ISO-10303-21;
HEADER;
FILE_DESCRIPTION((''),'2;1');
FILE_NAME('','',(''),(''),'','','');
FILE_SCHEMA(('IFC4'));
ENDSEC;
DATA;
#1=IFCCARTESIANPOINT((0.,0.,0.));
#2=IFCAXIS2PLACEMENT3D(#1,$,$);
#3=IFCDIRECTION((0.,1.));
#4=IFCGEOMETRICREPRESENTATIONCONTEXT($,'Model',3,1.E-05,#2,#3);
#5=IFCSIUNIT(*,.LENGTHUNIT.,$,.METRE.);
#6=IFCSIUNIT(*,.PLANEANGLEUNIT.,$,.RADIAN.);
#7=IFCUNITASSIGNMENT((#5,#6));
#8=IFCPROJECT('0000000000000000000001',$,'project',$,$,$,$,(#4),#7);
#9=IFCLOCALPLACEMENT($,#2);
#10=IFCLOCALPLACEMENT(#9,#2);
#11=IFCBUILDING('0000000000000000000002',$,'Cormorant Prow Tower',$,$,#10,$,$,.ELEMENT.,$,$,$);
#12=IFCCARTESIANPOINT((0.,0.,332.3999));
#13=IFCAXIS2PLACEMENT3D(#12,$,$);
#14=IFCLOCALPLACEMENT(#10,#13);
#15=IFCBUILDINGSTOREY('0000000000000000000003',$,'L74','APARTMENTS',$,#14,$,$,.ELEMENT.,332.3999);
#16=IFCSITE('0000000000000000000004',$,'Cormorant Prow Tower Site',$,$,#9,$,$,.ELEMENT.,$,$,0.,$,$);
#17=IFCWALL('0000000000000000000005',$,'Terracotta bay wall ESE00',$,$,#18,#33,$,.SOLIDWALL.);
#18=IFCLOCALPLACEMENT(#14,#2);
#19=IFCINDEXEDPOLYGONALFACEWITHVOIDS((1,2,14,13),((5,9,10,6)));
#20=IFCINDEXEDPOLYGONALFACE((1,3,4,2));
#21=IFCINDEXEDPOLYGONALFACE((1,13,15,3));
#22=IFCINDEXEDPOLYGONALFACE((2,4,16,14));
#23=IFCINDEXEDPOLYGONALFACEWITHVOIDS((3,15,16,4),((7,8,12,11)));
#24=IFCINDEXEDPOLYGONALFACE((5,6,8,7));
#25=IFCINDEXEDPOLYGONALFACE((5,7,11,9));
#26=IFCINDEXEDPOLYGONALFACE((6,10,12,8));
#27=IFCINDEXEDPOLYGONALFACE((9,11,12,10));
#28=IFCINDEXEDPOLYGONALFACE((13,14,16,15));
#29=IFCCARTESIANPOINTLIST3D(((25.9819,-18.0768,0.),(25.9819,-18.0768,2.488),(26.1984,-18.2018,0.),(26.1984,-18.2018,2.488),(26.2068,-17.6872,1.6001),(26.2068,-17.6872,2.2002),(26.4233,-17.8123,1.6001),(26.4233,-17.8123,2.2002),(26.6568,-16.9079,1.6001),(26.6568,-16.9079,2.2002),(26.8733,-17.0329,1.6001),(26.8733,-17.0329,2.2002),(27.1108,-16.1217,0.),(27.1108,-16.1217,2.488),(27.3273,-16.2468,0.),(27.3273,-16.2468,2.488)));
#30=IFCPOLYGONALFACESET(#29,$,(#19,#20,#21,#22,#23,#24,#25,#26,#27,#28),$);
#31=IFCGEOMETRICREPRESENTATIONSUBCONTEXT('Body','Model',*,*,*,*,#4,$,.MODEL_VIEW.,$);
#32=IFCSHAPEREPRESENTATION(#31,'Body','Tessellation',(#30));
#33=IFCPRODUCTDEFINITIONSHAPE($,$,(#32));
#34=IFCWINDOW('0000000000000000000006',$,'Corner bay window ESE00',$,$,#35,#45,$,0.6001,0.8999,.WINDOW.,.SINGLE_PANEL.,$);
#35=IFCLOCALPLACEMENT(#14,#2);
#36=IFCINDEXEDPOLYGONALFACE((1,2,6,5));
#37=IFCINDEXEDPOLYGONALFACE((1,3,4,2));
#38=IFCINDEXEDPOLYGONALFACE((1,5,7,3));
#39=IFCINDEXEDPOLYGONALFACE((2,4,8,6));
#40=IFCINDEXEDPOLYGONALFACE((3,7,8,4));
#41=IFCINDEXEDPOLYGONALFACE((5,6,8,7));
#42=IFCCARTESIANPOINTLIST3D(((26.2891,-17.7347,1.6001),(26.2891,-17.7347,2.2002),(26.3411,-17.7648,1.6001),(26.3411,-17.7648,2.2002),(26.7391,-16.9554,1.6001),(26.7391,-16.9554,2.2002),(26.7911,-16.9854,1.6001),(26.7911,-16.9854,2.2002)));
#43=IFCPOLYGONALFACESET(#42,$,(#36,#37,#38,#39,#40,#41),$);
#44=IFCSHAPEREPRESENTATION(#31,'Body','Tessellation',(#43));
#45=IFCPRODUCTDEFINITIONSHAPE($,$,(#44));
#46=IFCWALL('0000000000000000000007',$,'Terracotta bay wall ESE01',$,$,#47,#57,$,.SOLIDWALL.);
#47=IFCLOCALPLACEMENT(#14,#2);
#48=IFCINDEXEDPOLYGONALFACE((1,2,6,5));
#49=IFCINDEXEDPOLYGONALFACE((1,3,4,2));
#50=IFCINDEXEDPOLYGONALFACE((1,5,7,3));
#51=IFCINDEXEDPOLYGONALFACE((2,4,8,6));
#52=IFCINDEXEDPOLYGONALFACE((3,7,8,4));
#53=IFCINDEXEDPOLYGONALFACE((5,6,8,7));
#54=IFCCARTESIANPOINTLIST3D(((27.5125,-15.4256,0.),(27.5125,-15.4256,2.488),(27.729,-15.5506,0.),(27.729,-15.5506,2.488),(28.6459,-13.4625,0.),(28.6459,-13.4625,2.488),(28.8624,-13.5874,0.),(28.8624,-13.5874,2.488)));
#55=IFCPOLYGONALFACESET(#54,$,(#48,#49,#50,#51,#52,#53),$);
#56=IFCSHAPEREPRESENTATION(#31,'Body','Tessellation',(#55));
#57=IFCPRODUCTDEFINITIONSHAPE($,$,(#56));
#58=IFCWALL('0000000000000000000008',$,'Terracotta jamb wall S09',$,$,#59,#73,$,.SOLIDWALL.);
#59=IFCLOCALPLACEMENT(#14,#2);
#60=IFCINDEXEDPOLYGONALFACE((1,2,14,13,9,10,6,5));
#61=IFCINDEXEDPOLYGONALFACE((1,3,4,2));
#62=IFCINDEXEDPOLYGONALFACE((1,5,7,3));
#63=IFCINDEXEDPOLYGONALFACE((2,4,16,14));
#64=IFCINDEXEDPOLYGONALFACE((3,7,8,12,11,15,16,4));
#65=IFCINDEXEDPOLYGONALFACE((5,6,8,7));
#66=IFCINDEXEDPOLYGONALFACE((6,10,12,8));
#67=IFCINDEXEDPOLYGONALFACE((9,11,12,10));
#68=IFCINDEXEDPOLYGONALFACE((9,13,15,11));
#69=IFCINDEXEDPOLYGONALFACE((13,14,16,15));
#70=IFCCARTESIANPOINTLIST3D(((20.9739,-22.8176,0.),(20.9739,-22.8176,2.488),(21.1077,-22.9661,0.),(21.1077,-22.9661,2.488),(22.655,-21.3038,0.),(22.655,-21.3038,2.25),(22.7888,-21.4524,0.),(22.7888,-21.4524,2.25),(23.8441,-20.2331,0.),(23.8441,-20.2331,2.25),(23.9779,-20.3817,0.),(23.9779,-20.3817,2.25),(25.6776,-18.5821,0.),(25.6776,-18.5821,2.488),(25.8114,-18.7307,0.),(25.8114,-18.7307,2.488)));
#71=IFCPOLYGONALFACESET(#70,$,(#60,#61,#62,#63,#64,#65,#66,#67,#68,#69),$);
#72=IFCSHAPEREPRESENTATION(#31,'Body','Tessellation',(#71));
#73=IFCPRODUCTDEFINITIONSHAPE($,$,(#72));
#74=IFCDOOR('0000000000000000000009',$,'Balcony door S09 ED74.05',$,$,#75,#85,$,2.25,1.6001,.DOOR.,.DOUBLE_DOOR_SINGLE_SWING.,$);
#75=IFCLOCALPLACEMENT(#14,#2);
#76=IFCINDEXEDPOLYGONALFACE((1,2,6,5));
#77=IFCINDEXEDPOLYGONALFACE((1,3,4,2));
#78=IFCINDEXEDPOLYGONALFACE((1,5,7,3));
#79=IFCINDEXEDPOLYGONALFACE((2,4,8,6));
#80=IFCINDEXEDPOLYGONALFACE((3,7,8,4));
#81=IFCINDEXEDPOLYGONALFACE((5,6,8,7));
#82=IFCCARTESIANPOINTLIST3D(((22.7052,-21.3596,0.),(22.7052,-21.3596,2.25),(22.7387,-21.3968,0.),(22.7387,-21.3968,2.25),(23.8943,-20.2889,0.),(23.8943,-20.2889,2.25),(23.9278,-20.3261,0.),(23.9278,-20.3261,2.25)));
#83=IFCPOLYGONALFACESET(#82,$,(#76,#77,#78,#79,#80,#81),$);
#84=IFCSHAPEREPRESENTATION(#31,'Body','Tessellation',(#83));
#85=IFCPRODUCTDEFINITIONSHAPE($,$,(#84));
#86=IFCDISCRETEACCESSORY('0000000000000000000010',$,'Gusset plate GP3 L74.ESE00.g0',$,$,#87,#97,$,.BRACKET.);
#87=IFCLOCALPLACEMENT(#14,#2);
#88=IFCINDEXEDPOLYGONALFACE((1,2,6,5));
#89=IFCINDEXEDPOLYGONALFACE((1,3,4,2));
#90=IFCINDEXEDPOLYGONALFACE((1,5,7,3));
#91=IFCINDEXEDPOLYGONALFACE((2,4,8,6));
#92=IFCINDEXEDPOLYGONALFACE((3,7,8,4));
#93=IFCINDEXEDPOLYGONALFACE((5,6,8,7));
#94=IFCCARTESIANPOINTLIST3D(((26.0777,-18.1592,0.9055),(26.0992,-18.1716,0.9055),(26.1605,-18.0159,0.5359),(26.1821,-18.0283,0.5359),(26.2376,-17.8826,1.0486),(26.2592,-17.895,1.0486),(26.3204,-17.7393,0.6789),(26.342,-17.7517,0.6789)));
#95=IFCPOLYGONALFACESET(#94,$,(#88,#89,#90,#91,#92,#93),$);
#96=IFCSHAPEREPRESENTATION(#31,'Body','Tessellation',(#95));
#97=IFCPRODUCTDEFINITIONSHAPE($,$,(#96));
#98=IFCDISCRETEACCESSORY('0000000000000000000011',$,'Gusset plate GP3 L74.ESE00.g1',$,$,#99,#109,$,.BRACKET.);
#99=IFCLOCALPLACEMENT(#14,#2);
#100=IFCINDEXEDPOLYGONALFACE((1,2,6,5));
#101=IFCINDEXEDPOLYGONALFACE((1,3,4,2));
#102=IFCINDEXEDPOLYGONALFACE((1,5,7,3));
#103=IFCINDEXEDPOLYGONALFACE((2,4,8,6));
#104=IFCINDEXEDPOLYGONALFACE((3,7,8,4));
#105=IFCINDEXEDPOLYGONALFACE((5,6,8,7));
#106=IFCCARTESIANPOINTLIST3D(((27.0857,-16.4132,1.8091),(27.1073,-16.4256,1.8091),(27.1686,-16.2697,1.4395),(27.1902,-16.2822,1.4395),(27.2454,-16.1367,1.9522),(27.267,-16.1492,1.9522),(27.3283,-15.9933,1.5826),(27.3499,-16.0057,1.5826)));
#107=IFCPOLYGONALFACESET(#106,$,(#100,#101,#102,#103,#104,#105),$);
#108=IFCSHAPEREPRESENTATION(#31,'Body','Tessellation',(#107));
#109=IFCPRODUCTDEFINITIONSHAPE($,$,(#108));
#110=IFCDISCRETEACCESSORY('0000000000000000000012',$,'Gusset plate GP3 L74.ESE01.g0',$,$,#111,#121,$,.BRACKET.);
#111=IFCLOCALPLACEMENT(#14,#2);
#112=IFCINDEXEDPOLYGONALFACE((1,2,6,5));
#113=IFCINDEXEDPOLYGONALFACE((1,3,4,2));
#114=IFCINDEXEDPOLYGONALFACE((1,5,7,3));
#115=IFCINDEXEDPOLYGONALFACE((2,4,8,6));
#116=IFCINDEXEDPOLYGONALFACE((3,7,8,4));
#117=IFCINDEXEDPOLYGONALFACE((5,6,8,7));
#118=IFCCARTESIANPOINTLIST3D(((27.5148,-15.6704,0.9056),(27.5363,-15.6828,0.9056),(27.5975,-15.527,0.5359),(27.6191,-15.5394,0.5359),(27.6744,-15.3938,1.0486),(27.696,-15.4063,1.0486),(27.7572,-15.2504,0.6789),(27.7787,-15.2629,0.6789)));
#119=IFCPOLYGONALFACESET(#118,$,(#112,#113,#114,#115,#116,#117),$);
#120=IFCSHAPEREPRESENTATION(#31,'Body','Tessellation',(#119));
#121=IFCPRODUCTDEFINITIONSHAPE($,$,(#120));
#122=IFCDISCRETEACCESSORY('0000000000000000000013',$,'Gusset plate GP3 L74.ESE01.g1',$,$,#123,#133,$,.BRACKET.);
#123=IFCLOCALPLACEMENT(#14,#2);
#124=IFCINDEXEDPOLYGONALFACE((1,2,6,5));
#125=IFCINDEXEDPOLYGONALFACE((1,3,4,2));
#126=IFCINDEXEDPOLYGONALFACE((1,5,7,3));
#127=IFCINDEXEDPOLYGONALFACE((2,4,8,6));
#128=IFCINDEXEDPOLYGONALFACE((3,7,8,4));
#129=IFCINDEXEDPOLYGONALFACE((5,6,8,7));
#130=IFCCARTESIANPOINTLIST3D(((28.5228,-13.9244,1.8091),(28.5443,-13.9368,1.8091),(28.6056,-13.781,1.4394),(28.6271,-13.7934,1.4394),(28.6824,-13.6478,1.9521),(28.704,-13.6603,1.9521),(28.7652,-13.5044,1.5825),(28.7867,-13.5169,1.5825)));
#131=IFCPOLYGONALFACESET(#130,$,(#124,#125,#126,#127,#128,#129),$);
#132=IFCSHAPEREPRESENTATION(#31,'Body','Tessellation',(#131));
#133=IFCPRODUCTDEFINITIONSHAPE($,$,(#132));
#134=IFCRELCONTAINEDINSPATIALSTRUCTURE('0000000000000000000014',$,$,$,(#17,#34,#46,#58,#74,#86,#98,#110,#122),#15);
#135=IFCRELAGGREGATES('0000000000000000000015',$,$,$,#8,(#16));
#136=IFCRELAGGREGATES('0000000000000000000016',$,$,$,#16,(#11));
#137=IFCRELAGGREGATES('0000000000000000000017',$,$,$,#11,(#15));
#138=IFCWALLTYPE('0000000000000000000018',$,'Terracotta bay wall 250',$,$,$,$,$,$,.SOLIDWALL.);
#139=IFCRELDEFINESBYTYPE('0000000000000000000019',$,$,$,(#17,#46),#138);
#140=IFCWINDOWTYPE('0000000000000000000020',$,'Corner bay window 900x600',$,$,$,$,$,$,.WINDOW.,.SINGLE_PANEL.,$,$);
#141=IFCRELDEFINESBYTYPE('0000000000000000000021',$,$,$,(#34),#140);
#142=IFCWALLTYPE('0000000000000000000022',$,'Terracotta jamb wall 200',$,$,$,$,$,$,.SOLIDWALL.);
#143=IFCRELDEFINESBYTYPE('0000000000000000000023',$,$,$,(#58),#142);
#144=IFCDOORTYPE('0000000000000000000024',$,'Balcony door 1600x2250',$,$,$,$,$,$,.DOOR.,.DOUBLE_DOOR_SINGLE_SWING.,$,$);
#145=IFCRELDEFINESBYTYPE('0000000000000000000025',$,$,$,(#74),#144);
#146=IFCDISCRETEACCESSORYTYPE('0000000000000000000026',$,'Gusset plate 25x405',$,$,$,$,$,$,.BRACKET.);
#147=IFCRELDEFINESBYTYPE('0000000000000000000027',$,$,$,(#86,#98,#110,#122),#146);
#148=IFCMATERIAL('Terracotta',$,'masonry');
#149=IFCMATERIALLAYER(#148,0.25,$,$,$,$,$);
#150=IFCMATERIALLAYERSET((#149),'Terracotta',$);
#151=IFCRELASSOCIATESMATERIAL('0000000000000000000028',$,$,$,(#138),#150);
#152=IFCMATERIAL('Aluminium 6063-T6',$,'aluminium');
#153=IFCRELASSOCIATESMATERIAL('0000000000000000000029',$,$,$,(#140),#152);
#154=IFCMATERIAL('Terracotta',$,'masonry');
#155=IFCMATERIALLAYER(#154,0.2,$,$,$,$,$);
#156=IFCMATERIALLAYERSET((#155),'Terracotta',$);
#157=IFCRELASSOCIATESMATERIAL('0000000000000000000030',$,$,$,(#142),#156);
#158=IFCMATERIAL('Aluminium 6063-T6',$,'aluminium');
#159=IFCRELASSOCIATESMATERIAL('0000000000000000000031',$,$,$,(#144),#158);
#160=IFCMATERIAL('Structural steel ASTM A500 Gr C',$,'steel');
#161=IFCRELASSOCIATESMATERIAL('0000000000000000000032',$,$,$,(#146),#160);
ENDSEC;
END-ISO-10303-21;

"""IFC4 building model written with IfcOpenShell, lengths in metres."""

from ifc_helpers import new_model, si_unit, direction, frame, frame_2d, origin, origin_2d, place, context, subcontext, project, spatial, rectangle, extrude, material, layer, layer_set, material_profile, profile_set, type_object, element, fill, save


model = new_model("IFC4")

# Units and contexts
model_context = context("Model", 3, precision=1e-05, world=origin(), true_north=direction((0.0, 1.0)))
body_context = subcontext(model_context, "Body", "Model", "MODEL_VIEW")
ifc_project = project(units=[si_unit("LENGTHUNIT", "METRE"), si_unit("PLANEANGLEUNIT", "RADIAN")], contexts=[model_context])

# Site, building, storey
site_placement = place(None, origin())
site = spatial("IfcSite", under=ifc_project, at=site_placement, Name="Cormorant Prow Tower Site", CompositionType="ELEMENT", RefElevation=0.0)
building_placement = place(site_placement, origin())
building = spatial("IfcBuilding", under=site, at=building_placement, Name="Cormorant Prow Tower", CompositionType="ELEMENT")
storey_placement = place(building_placement, frame((0.0, 0.0, 332.3999)))
storey = spatial("IfcBuildingStorey", under=building, at=storey_placement, Name="L74", Description="APARTMENTS", CompositionType="ELEMENT", Elevation=332.3999)

# Wall, opening, window
ifc_material_1 = material(Name="Terracotta", Category="masonry")
ifc_layer_1 = layer(ifc_material_1, 0.25)
ifc_layer_set_1 = layer_set([ifc_layer_1], Name="Terracotta")
wall_type_1 = type_object("IfcWallType", Name="Terracotta bay wall 250", PredefinedType="SOLIDWALL", material=ifc_layer_set_1)
wall_1_placement = place(storey_placement, frame((26.0901, -18.1394, 0.0), z_axis=(0.0, 0.0, 1.0), x_axis=(0.500047, 0.865998, 0.0)))
wall_1 = element("IfcWall", 1, at=wall_1_placement, inside=storey, type_object=wall_type_1, Name="Terracotta bay wall ESE00", PredefinedType="SOLIDWALL", context=body_context, shape_type="SweptSolid", body=[
    extrude(rectangle(XDim=2.2576, YDim=0.25, at=frame_2d((1.1289, 0.0))), origin(), (0.0, 0.0, 1.0), 2.488),
])
opening_1_placement = place(wall_1_placement, frame((0.45, 0.0, 1.6001)))
opening_1 = element("IfcOpeningElement", 2, at=opening_1_placement, cuts=wall_1, PredefinedType="OPENING", context=body_context, shape_type="SweptSolid", body=[
    extrude(rectangle(XDim=0.8999, YDim=0.6001, at=frame_2d((0.45, 0.3))), frame((0.0, 0.135, 0.0), z_axis=(0.0, -1.0, 0.0), x_axis=(1.0, 0.0, 0.0)), (0.0, 0.0, 1.0), 0.27),
])
ifc_material_2 = material(Name="Aluminium 6063-T6", Category="aluminium")
window_type = type_object("IfcWindowType", Name="Corner bay window 900x600", PartitioningType="SINGLE_PANEL", PredefinedType="WINDOW", material=ifc_material_2)
window_placement = place(opening_1_placement, origin())
window = element("IfcWindow", 3, at=window_placement, inside=storey, type_object=window_type, Name="Corner bay window ESE00", OverallHeight=0.6001, OverallWidth=0.8999, PartitioningType="SINGLE_PANEL", PredefinedType="WINDOW", context=body_context, shape_type="SweptSolid", body=[
    extrude(rectangle(XDim=0.8999, YDim=0.6001, at=frame_2d((0.45, 0.3))), frame((0.0, 0.03, 0.0), z_axis=(0.0, -1.0, 0.0), x_axis=(1.0, 0.0, 0.0)), (0.0, 0.0, 1.0), 0.0601),
])
fill(opening_1, window)

# Wall
wall_2_placement = place(storey_placement, frame((27.6208, -15.488, 0.0), z_axis=(0.0, 0.0, 1.0), x_axis=(0.499962, 0.866047, 0.0)))
element("IfcWall", 4, at=wall_2_placement, inside=storey, type_object=wall_type_1, Name="Terracotta bay wall ESE01", PredefinedType="SOLIDWALL", context=body_context, shape_type="SweptSolid", body=[
    extrude(rectangle(XDim=2.2668, YDim=0.25, at=frame_2d((1.1333, 0.0))), origin(), (0.0, 0.0, 1.0), 2.488),
])

# Wall, opening, door
ifc_material_3 = material(Name="Terracotta", Category="masonry")
ifc_layer_2 = layer(ifc_material_3, 0.2)
ifc_layer_set_2 = layer_set([ifc_layer_2], Name="Terracotta")
wall_type_2 = type_object("IfcWallType", Name="Terracotta jamb wall 200", PredefinedType="SOLIDWALL", material=ifc_layer_set_2)
wall_3_placement = place(storey_placement, frame((21.0408, -22.8918, 0.0), z_axis=(0.0, 0.0, 1.0), x_axis=(0.743129, 0.669148, 0.0)))
wall_3 = element("IfcWall", 5, at=wall_3_placement, inside=storey, type_object=wall_type_2, Name="Terracotta jamb wall S09", PredefinedType="SOLIDWALL", context=body_context, shape_type="SweptSolid", body=[
    extrude(rectangle(XDim=6.3296, YDim=0.2, at=frame_2d((3.1648, 0.0))), origin(), (0.0, 0.0, 1.0), 2.488),
])
opening_2_placement = place(wall_3_placement, frame((2.2622, 0.0, 0.0)))
opening_2 = element("IfcOpeningElement", 6, at=opening_2_placement, cuts=wall_3, PredefinedType="OPENING", context=body_context, shape_type="SweptSolid", body=[
    extrude(rectangle(XDim=1.6001, YDim=2.25, at=frame_2d((0.8, 1.125))), frame((0.0, 0.1099, 0.0), z_axis=(0.0, -1.0, 0.0), x_axis=(1.0, 0.0, 0.0)), (0.0, 0.0, 1.0), 0.22),
])
ifc_material_4 = material(Name="Aluminium 6063-T6", Category="aluminium")
door_type_1 = type_object("IfcDoorType", Name="Balcony door 1600x2250", OperationType="DOUBLE_DOOR_SINGLE_SWING", PredefinedType="DOOR", material=ifc_material_4)
door_1_placement = place(opening_2_placement, origin())
door_1 = element("IfcDoor", 7, at=door_1_placement, inside=storey, type_object=door_type_1, Name="Balcony door S09 ED74.05", OperationType="DOUBLE_DOOR_SINGLE_SWING", OverallHeight=2.25, OverallWidth=1.6001, PredefinedType="DOOR", context=body_context, shape_type="SweptSolid", body=[
    extrude(rectangle(XDim=1.6001, YDim=2.25, at=frame_2d((0.8, 1.125))), frame((0.0, 0.0249, 0.0), z_axis=(0.0, -1.0, 0.0), x_axis=(1.0, 0.0, 0.0)), (0.0, 0.0, 1.0), 0.05),
])
fill(opening_2, door_1)

# Discrete accessories
ifc_material_5 = material(Name="Structural steel ASTM A500 Gr C", Category="steel")
ifc_material_profile_1 = material_profile(ifc_material_5, rectangle(XDim=0.0249, YDim=0.405, at=origin_2d()), Name="Gusset plate 25x405")
ifc_profile_set_1 = profile_set([ifc_material_profile_1], Name="Structural steel ASTM A500 Gr C")
discrete_accessory_type = type_object("IfcDiscreteAccessoryType", Name="Gusset plate 25x405", PredefinedType="BRACKET", material=ifc_profile_set_1)
discrete_accessory_placement = place(storey_placement, frame((26.2898, -17.8171, 0.8638), z_axis=(-0.456792, -0.790145, -0.408672), x_axis=(0.86574, -0.500494, 0.0)))
element("IfcDiscreteAccessory", 8, at=discrete_accessory_placement, inside=storey, type_object=discrete_accessory_type, Name="Gusset plate GP3 L74.ESE00.g0", PredefinedType="BRACKET", context=body_context, shape_type="SweptSolid", body=[
    extrude(rectangle(XDim=0.0249, YDim=0.405, at=origin_2d()), origin(), (0.0, 0.0, 1.0), 0.3501),
])
for number, where, z_axis, x_axis, name in (
    (9, (27.1379, -16.3477, 1.6243), (0.456491, 0.790135, 0.409027), (-0.86588, 0.500252, 0.0), "Gusset plate GP3 L74.ESE00.g1"),
    (10, (27.7266, -15.3284, 0.8638), (-0.456239, -0.790397, -0.408802), (0.866071, -0.499921, 0.0), "Gusset plate GP3 L74.ESE01.g0"),
    (11, (28.575, -13.8589, 1.6243), (0.456239, 0.790397, 0.408802), (-0.866071, 0.499921, 0.0), "Gusset plate GP3 L74.ESE01.g1"),
):
    element("IfcDiscreteAccessory", number, at=place(storey_placement, frame(where, z_axis=z_axis, x_axis=x_axis)), inside=storey, type_object=discrete_accessory_type, Name=name, PredefinedType="BRACKET", context=body_context, shape_type="SweptSolid", body=[
        extrude(rectangle(XDim=0.0249, YDim=0.405, at=origin_2d()), origin(), (0.0, 0.0, 1.0), 0.3499),
    ])

save(model, "model.ifc")
